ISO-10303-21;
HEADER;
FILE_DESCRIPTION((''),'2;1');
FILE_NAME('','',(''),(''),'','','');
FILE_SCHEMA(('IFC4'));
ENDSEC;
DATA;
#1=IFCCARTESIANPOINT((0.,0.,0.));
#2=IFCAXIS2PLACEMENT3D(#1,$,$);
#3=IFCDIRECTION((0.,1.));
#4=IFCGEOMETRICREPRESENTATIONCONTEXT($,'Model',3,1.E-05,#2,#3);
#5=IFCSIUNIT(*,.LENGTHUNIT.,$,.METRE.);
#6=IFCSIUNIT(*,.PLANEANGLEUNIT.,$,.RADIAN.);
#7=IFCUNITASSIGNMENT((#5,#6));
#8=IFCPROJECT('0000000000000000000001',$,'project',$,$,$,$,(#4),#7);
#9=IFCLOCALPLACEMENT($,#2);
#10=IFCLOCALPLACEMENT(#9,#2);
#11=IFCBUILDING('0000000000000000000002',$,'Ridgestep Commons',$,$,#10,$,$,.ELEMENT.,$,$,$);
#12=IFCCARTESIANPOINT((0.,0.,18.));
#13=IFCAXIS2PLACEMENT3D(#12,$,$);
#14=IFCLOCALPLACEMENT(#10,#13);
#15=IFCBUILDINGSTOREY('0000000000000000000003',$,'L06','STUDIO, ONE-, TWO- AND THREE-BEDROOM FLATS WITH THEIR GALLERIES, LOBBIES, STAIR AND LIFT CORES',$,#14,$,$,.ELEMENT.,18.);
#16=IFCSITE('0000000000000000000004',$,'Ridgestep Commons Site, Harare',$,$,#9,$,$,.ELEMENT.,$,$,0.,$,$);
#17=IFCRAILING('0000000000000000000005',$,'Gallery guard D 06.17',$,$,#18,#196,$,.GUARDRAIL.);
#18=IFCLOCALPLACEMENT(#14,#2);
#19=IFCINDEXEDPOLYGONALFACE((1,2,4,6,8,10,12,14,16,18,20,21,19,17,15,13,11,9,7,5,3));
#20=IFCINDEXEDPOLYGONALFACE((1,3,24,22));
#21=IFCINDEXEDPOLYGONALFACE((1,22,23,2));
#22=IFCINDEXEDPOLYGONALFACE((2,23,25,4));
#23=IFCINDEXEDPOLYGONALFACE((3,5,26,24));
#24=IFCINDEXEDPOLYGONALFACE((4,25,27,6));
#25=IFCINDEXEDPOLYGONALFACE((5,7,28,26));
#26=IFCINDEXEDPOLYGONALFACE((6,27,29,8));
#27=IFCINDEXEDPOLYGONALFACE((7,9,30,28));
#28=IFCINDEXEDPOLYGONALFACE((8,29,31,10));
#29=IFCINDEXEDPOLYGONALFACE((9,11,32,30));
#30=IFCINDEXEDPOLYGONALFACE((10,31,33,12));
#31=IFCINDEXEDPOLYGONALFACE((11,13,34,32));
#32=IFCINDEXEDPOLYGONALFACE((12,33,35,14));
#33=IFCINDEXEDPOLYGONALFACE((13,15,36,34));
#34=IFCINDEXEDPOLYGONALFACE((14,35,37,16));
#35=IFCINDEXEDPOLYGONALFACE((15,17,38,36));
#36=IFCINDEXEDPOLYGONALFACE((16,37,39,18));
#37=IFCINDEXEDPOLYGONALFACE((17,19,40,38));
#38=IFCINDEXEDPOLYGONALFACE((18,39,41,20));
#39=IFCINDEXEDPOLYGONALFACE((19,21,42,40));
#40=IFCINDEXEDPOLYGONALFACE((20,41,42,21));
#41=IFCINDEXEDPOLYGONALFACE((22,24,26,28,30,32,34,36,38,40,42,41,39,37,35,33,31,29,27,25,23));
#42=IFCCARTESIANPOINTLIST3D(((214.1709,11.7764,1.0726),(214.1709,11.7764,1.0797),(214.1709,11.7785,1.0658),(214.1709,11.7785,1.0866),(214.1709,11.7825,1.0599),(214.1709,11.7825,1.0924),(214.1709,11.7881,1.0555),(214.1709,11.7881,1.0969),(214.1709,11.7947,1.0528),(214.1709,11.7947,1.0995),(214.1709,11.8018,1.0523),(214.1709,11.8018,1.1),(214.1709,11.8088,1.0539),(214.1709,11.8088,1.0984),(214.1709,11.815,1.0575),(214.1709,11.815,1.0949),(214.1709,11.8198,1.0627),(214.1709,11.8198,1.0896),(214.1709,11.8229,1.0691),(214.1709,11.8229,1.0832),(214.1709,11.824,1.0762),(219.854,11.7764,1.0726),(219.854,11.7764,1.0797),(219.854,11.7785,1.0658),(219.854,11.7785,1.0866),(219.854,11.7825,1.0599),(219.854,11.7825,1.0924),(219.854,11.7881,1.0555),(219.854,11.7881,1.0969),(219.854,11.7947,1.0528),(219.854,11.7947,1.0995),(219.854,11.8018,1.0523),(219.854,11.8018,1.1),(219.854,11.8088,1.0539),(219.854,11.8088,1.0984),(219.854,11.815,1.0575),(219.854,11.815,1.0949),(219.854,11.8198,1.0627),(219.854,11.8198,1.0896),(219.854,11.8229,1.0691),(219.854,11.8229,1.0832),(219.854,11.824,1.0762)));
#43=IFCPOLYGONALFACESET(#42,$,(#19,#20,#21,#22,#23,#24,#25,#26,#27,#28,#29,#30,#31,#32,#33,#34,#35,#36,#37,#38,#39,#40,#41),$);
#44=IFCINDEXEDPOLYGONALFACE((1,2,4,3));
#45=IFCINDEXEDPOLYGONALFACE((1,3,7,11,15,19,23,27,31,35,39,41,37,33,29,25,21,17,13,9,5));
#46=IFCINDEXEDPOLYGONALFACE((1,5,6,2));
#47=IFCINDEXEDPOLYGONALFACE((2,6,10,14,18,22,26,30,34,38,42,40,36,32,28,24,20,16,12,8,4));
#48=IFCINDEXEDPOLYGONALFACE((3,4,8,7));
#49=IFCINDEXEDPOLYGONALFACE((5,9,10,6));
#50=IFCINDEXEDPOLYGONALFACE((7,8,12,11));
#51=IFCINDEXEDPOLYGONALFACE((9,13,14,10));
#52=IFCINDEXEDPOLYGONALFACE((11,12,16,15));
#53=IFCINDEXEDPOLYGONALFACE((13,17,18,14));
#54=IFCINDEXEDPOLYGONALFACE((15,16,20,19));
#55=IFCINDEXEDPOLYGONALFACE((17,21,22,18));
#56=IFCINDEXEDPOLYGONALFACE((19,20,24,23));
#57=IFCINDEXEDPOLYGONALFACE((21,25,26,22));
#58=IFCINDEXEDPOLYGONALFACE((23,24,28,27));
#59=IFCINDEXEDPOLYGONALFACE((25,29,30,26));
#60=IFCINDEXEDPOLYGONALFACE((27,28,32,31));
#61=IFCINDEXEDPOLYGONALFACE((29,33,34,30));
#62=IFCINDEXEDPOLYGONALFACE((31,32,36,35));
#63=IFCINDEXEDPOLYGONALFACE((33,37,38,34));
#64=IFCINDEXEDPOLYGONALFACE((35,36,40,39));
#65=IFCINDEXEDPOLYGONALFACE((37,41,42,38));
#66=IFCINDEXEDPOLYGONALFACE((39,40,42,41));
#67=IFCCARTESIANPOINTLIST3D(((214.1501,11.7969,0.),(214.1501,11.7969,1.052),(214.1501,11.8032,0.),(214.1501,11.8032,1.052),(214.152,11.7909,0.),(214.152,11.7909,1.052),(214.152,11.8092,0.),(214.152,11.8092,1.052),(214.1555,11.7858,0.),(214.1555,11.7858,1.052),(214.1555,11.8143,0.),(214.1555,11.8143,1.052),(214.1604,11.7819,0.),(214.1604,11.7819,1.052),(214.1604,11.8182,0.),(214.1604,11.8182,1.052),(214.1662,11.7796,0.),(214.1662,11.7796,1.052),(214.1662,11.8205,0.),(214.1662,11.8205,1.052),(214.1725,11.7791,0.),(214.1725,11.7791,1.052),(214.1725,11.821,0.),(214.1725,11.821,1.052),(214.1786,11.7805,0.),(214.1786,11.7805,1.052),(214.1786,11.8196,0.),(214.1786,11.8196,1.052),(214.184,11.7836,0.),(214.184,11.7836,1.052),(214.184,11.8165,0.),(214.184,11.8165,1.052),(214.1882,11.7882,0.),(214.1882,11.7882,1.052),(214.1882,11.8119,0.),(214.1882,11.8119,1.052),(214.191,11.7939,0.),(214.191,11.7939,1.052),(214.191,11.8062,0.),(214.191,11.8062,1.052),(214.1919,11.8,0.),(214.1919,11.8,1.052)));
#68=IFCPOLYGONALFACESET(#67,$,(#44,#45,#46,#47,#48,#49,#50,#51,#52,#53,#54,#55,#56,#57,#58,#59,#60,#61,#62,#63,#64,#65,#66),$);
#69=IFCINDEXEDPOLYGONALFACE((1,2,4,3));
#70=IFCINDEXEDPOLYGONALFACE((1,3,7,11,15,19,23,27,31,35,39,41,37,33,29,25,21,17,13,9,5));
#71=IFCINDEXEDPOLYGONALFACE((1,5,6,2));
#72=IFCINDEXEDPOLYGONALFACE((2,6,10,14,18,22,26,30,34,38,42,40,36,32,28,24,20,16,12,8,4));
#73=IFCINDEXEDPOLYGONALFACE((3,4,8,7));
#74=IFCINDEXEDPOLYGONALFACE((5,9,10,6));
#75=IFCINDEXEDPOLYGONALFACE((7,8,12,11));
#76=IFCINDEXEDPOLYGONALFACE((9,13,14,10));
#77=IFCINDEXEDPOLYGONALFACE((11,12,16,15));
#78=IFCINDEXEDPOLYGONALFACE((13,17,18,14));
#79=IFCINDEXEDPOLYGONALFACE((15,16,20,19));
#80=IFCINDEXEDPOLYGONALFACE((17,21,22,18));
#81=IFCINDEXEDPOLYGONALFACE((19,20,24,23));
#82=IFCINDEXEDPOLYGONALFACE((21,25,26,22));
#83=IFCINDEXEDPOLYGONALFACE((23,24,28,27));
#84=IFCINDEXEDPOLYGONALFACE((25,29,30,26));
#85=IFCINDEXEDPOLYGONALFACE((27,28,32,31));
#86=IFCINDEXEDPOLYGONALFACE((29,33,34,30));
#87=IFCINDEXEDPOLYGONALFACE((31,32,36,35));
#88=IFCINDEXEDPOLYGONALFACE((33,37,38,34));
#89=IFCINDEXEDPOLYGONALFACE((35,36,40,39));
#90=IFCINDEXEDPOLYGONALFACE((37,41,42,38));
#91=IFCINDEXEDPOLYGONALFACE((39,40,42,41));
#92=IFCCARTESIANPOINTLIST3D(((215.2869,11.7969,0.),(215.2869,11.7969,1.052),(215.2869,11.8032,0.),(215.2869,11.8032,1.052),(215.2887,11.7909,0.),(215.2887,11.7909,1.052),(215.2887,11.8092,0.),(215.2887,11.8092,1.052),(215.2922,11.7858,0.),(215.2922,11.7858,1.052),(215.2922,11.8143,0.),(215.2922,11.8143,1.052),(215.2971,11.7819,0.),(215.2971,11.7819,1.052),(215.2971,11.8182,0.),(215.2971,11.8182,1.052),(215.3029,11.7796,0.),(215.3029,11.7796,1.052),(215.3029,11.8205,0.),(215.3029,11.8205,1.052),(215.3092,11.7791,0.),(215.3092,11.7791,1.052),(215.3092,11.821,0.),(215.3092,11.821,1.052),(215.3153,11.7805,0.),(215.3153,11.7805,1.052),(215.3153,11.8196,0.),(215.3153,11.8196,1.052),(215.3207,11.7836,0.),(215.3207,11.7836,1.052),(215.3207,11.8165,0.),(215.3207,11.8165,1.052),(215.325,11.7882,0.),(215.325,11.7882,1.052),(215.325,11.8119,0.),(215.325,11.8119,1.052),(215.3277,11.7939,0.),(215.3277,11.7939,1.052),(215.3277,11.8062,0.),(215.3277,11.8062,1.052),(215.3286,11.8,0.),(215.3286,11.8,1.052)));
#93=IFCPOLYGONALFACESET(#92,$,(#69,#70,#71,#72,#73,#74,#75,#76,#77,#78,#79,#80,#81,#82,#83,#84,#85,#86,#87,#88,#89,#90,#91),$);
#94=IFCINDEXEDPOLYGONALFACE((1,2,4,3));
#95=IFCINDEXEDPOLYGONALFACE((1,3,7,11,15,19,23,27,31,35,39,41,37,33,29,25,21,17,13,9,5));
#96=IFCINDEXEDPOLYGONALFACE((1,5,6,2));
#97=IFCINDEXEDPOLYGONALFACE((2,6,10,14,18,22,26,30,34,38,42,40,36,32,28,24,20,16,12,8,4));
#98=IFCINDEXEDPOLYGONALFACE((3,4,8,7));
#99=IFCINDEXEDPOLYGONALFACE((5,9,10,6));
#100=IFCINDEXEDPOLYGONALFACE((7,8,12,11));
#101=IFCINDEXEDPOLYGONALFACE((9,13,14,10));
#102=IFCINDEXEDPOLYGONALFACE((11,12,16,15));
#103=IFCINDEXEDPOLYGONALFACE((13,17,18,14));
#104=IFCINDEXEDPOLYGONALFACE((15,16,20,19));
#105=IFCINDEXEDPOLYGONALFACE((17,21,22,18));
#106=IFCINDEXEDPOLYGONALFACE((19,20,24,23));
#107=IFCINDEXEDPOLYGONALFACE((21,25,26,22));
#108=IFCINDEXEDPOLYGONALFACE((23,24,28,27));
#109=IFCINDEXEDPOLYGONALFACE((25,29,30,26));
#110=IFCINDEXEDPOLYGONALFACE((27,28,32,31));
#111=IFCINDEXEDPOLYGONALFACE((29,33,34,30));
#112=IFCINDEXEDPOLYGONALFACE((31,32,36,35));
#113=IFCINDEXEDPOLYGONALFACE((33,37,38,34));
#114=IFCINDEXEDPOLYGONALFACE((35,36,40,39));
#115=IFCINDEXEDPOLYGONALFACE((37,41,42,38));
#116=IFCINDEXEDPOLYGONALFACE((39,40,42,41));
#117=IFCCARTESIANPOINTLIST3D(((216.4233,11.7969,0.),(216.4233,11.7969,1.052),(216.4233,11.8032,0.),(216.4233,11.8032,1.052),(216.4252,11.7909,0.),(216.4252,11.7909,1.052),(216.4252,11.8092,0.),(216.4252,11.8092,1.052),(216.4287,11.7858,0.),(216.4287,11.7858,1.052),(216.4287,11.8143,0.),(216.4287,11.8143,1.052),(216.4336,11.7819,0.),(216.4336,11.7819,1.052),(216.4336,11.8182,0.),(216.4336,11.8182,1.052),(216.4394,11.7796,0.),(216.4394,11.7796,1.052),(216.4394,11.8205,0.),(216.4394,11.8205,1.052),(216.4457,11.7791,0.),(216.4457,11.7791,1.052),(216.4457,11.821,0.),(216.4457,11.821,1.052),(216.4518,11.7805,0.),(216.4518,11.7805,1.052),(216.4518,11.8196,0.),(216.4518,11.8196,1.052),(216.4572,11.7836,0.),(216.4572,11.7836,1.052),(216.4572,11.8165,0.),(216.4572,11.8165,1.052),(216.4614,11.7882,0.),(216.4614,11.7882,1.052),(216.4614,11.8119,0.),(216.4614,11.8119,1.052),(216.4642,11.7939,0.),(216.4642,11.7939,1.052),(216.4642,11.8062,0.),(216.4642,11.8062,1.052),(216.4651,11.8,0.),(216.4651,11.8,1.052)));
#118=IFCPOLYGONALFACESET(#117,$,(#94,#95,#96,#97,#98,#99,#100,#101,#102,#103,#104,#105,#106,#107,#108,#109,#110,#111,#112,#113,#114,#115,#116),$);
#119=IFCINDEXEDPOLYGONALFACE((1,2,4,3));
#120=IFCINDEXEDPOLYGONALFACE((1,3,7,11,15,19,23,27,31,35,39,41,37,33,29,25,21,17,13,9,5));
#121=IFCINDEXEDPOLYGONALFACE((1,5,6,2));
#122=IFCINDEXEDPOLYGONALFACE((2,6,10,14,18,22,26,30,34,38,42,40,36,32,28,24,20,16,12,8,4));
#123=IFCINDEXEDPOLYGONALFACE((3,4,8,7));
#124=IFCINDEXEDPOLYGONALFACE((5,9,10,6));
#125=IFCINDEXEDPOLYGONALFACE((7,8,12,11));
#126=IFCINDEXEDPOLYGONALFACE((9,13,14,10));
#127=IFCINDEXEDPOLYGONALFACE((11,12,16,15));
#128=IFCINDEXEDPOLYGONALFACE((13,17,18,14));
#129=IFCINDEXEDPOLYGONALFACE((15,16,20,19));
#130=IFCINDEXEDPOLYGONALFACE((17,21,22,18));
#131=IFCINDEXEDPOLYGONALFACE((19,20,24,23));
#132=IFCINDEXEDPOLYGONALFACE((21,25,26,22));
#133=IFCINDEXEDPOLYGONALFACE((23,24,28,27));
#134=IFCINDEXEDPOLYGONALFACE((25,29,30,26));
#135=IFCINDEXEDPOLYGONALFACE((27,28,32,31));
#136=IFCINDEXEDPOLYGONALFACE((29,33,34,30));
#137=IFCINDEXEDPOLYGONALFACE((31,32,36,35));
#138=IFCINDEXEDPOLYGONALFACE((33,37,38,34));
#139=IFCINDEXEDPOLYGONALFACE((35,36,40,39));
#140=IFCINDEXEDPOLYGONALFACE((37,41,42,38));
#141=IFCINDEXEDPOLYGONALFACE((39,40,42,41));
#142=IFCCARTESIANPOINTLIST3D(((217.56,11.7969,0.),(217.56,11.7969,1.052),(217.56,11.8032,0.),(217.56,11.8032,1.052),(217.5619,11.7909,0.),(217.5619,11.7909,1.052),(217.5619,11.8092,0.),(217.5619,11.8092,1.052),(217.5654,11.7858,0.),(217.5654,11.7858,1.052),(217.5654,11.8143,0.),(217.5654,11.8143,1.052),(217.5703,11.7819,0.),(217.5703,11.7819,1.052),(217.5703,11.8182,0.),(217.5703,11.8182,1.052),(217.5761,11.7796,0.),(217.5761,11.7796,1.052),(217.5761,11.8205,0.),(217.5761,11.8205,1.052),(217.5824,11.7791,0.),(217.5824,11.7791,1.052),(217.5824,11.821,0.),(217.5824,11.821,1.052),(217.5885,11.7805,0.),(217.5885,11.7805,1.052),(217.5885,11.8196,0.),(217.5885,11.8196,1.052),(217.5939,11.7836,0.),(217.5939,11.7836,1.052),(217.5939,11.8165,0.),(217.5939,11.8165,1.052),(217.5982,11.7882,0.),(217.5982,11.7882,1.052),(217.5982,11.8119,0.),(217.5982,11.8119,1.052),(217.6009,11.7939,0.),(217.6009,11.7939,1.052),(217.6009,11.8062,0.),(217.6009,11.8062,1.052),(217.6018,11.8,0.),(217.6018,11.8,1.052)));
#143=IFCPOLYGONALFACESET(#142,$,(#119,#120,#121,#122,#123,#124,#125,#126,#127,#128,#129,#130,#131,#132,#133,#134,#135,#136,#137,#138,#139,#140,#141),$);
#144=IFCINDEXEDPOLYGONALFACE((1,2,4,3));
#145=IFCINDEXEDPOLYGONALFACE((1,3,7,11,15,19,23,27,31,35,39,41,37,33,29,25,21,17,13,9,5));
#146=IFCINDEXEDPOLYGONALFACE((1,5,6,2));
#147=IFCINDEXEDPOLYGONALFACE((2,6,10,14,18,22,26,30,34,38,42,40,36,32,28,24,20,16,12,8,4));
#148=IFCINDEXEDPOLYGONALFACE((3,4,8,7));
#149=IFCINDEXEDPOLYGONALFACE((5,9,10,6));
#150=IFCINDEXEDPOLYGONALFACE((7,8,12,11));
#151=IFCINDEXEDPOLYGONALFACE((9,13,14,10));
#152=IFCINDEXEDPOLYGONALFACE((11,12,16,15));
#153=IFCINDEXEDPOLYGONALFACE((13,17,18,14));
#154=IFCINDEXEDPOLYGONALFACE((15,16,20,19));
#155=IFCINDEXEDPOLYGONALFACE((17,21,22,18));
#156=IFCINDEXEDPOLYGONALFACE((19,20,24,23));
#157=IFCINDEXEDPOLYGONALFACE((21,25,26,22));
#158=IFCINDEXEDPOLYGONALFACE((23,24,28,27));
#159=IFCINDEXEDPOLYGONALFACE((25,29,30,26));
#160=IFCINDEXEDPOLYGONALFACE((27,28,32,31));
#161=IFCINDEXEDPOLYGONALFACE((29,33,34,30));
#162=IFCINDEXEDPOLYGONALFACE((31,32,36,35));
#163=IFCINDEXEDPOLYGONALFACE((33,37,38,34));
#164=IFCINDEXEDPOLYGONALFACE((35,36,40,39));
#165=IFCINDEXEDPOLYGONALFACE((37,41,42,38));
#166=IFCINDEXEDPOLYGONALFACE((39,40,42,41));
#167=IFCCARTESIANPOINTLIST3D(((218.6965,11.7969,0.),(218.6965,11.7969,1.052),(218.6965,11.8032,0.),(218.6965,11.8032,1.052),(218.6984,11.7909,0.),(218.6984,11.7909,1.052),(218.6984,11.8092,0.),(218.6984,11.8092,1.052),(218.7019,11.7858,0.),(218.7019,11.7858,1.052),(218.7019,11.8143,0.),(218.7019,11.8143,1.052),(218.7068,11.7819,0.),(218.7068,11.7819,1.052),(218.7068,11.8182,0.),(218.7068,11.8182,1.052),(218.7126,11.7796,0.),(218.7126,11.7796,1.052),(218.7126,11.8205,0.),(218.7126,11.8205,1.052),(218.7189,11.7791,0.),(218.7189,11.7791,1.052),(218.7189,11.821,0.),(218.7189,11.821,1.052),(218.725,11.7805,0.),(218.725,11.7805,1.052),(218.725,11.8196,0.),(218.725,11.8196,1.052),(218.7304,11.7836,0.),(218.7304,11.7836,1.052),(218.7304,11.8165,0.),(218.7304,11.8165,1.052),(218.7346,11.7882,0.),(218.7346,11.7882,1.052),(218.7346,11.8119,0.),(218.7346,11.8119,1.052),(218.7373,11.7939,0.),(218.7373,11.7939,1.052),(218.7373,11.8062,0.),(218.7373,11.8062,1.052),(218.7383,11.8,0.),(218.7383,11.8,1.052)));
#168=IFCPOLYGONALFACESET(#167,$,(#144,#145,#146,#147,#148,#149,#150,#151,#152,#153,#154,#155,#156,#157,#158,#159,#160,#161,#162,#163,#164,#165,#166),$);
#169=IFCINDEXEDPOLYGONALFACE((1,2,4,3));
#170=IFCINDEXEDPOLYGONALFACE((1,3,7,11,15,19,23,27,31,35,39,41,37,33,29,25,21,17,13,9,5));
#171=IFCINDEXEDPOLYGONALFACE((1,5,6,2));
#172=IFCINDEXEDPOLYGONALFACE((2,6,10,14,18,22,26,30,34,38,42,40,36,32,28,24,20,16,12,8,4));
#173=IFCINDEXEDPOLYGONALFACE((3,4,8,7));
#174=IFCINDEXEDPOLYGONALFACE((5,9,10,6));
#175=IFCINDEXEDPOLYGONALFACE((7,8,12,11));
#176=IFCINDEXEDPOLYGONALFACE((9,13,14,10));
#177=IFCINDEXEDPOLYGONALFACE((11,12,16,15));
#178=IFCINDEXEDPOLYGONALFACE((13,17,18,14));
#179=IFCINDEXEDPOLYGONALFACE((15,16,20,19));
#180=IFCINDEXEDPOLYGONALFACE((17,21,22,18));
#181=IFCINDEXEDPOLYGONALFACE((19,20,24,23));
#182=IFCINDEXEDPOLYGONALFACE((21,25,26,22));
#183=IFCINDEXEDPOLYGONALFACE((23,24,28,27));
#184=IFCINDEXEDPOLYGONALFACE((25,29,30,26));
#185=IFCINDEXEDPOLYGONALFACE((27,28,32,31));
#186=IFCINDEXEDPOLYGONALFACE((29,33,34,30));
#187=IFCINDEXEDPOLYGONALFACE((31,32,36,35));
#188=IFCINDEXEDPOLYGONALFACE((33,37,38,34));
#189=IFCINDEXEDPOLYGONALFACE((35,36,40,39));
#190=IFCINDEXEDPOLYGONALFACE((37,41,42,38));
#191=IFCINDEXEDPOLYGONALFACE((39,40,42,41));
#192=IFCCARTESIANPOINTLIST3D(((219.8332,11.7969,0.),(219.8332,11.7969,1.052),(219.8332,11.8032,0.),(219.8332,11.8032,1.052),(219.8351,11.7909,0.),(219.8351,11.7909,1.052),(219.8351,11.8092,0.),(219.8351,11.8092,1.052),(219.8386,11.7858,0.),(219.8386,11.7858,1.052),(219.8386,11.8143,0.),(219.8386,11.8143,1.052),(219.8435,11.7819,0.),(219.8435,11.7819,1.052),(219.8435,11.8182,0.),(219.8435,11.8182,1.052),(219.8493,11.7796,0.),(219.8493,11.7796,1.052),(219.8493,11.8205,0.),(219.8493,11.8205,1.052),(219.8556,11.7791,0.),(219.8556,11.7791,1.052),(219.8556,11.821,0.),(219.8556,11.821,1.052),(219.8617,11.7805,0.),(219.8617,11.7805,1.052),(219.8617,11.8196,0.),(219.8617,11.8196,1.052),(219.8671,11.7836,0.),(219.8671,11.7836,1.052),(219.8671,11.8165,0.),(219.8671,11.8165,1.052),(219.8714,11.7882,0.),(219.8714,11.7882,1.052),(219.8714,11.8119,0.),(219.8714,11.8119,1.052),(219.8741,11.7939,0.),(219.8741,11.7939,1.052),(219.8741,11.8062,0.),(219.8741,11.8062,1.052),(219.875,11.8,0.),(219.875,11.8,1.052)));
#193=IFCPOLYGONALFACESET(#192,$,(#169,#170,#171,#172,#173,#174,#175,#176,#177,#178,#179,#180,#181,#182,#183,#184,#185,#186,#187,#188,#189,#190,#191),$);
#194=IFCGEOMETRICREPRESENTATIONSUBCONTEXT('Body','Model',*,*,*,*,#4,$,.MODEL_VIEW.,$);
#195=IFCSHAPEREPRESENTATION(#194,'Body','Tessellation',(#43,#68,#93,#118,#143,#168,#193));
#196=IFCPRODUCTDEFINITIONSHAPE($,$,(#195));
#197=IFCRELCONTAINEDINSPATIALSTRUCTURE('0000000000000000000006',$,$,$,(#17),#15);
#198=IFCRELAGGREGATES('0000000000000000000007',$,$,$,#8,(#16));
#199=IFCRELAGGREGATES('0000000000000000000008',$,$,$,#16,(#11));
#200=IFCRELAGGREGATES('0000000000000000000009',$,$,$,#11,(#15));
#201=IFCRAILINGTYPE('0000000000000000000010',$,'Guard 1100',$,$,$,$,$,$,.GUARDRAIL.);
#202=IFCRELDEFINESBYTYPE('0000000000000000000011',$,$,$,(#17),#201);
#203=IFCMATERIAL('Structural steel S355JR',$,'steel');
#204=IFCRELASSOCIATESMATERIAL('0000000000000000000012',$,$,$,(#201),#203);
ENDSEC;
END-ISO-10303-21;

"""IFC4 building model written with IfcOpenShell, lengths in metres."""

from ifc_helpers import new_model, si_unit, direction, frame, origin, origin_2d, place, context, subcontext, project, spatial, circle, extrude, material, type_object, element, save


model = new_model("IFC4")

# Units and contexts
model_context = context("Model", 3, precision=1e-05, world=origin(), true_north=direction((0.0, 1.0)))
body_context = subcontext(model_context, "Body", "Model", "MODEL_VIEW")
ifc_project = project(units=[si_unit("LENGTHUNIT", "METRE"), si_unit("PLANEANGLEUNIT", "RADIAN")], contexts=[model_context])

# Site, building, storey
site_placement = place(None, origin())
site = spatial("IfcSite", under=ifc_project, at=site_placement, Name="Ridgestep Commons Site, Harare", CompositionType="ELEMENT", RefElevation=0.0)
building_placement = place(site_placement, origin())
building = spatial("IfcBuilding", under=site, at=building_placement, Name="Ridgestep Commons", CompositionType="ELEMENT")
storey_placement = place(building_placement, frame((0.0, 0.0, 18.0)))
storey = spatial("IfcBuildingStorey", under=building, at=storey_placement, Name="L06", Description="STUDIO, ONE-, TWO- AND THREE-BEDROOM FLATS WITH THEIR GALLERIES, LOBBIES, STAIR AND LIFT CORES", CompositionType="ELEMENT", Elevation=18.0)

# Railing
ifc_material_1 = material(Name="Structural steel S355JR", Category="steel")
railing_type_1 = type_object("IfcRailingType", Name="Guard 1100", PredefinedType="GUARDRAIL", material=ifc_material_1)
railing_1_placement = place(storey_placement, frame((214.1709, 11.8, 0.0)))
element("IfcRailing", 1, at=railing_1_placement, inside=storey, type_object=railing_type_1, Name="Gallery guard D 06.17", PredefinedType="GUARDRAIL", context=body_context, shape_type="SweptSolid", body=[
    extrude(circle(Radius=0.0239, at=origin_2d()), frame((0.0, 0.0, 1.0762), z_axis=(1.0, 0.0, 0.0), x_axis=(0.0, 1.0, 0.0)), (0.0, 0.0, 1.0), 5.6831),
    extrude(circle(Radius=0.021, at=origin_2d()), origin(), (0.0, 0.0, 1.0), 1.052),
    extrude(circle(Radius=0.021, at=origin_2d()), frame((1.1367, 0.0, 0.0)), (0.0, 0.0, 1.0), 1.052),
    extrude(circle(Radius=0.021, at=origin_2d()), frame((2.2732, 0.0, 0.0)), (0.0, 0.0, 1.0), 1.052),
    extrude(circle(Radius=0.021, at=origin_2d()), frame((3.4099, 0.0, 0.0)), (0.0, 0.0, 1.0), 1.052),
    extrude(circle(Radius=0.021, at=origin_2d()), frame((4.5464, 0.0, 0.0)), (0.0, 0.0, 1.0), 1.052),
    extrude(circle(Radius=0.021, at=origin_2d()), frame((5.6831, 0.0, 0.0)), (0.0, 0.0, 1.0), 1.052),
])

save(model, "model.ifc")
